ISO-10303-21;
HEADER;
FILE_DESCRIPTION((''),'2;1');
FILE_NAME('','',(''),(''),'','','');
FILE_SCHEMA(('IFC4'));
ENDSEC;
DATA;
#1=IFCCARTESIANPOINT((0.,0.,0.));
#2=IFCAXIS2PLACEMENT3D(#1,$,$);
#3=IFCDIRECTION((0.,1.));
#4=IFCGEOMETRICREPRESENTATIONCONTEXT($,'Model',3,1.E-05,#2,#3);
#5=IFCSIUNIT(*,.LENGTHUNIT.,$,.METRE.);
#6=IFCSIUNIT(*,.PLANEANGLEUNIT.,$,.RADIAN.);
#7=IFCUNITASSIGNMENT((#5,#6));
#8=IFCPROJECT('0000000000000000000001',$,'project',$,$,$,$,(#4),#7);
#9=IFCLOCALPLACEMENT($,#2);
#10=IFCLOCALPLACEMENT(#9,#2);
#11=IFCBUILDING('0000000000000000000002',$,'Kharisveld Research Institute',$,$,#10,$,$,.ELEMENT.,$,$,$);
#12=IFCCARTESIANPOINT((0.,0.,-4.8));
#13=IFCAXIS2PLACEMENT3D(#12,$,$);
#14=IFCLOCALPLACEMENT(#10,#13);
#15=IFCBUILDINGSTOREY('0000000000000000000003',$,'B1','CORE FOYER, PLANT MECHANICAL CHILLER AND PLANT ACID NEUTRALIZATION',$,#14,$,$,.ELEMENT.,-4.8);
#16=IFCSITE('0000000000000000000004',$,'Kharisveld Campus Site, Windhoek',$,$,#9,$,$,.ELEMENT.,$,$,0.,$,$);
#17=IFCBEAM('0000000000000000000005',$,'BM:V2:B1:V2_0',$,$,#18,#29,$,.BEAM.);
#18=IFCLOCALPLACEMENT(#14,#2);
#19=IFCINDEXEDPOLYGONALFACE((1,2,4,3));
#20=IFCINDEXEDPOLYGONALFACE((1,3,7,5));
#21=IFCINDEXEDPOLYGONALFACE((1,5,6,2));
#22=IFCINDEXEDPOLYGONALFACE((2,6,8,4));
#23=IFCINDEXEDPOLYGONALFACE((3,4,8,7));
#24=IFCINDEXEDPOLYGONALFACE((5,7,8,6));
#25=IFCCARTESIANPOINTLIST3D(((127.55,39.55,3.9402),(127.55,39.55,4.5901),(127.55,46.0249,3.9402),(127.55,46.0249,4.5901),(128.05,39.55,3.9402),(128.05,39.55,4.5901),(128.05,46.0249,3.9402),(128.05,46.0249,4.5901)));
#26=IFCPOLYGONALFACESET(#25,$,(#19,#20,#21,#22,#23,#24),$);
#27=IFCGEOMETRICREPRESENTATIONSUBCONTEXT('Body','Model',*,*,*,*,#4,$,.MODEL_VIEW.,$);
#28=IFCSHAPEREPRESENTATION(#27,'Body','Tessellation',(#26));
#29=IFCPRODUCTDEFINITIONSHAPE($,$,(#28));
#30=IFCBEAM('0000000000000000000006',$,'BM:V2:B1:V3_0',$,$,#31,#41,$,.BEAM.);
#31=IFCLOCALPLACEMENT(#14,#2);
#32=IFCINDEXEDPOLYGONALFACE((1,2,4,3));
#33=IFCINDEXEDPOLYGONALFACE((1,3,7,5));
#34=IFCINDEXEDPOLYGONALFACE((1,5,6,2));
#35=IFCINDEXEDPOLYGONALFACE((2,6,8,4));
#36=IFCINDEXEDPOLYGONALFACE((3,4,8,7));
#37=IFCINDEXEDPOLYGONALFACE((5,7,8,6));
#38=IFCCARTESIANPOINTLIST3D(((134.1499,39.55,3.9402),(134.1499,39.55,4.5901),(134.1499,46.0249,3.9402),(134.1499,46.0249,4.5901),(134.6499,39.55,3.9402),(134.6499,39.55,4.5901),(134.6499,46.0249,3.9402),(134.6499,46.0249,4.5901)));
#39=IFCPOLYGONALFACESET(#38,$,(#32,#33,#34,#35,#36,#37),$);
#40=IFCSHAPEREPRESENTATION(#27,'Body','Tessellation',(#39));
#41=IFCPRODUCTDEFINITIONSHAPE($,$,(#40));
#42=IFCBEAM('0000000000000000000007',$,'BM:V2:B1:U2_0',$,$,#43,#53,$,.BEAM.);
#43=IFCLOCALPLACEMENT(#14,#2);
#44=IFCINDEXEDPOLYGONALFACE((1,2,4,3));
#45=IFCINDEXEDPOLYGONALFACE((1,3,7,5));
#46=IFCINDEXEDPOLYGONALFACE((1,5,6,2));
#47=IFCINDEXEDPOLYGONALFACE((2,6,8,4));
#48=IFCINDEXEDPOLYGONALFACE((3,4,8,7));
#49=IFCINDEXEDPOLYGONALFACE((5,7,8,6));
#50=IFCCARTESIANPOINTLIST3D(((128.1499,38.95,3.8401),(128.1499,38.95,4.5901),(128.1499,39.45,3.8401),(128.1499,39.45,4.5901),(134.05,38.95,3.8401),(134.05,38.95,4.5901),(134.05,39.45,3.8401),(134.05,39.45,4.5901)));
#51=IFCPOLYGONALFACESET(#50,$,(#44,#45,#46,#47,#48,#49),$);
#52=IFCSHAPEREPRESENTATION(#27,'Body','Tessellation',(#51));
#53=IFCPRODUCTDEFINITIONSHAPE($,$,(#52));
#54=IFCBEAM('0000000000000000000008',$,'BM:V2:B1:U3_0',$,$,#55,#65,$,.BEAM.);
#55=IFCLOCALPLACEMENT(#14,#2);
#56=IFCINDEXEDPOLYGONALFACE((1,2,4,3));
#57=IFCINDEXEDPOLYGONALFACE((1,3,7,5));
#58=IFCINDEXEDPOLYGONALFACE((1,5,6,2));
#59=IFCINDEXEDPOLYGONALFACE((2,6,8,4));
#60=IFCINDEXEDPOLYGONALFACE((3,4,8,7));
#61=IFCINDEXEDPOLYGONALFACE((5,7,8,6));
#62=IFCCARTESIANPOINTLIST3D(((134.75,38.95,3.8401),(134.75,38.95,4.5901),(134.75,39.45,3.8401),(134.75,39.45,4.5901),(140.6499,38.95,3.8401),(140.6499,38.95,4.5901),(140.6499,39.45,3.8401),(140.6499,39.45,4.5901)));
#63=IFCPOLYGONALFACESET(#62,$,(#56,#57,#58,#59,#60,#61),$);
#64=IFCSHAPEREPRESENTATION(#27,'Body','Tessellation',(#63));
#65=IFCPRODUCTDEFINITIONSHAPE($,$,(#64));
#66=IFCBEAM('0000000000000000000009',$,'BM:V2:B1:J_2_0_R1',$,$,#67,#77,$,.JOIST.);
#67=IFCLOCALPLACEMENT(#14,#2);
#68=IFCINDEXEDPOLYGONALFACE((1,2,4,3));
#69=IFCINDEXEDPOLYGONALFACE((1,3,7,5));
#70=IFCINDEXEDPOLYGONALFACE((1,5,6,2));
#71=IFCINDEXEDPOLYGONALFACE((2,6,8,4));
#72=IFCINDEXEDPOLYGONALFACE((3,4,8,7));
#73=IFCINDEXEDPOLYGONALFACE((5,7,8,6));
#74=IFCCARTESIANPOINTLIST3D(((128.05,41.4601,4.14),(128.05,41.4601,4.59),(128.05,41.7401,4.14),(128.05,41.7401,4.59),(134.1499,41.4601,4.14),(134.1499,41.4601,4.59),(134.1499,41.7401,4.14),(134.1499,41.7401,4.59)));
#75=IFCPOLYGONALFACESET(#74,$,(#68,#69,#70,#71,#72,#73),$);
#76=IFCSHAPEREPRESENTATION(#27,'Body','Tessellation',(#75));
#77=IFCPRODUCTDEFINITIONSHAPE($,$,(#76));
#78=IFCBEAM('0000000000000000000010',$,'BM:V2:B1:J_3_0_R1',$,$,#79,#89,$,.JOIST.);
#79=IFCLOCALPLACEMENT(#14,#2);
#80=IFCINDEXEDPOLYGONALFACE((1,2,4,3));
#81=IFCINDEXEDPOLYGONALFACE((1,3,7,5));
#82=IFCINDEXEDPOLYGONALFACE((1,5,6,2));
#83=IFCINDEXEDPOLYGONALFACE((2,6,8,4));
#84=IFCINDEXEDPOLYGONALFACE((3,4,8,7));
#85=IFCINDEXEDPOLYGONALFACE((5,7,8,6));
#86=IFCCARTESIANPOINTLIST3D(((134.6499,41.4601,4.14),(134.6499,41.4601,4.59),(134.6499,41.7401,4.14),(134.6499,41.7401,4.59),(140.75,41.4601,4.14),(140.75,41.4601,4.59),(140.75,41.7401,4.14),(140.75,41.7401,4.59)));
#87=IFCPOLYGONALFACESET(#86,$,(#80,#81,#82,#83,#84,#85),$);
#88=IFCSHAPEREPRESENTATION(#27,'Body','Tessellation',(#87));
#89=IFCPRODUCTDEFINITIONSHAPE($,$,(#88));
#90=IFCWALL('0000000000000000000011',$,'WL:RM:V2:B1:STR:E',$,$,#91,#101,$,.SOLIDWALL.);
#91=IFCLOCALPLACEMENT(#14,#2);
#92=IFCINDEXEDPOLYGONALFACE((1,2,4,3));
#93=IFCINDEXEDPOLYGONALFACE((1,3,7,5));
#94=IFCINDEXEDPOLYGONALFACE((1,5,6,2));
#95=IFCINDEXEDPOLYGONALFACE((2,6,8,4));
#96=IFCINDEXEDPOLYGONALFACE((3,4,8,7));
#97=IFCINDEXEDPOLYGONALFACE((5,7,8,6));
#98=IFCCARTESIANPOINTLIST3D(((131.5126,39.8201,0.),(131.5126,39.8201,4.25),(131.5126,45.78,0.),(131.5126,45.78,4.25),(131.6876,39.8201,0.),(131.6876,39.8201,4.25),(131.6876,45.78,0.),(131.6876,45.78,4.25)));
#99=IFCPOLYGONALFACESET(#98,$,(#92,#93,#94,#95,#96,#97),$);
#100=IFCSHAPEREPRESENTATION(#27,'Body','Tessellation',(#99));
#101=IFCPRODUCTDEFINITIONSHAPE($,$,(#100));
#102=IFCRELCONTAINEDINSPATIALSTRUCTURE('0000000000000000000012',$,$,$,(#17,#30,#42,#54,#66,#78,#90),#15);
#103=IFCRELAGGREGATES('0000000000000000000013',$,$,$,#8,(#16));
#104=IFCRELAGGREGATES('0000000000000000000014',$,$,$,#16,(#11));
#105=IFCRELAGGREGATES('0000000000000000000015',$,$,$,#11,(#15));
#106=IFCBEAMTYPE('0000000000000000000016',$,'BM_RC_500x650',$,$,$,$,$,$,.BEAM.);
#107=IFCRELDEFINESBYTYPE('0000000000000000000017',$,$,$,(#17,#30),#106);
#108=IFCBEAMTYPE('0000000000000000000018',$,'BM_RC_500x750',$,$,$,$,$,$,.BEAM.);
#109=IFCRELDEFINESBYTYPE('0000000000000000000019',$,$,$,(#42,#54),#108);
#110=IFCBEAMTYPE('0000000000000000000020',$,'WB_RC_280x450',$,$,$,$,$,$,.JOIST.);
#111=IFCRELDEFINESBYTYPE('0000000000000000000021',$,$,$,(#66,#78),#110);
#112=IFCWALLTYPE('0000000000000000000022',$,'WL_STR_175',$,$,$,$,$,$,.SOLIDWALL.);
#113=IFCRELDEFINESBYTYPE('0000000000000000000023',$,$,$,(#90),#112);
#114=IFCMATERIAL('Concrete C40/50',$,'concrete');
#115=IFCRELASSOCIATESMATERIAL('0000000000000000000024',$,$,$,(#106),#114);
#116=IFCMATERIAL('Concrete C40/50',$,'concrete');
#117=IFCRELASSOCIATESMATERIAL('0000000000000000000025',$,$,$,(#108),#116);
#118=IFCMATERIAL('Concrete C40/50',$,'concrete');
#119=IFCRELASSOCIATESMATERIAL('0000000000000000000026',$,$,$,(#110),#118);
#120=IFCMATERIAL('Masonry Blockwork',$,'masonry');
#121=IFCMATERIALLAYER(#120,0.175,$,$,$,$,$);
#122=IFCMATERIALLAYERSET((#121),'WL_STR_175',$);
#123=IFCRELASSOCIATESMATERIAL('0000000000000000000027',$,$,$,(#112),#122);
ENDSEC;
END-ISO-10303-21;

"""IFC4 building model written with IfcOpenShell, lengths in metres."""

from ifc_helpers import new_model, si_unit, direction, frame, frame_2d, origin, origin_2d, place, context, subcontext, project, spatial, rectangle, extrude, material, layer, layer_set, material_profile, profile_set, type_object, element, save


model = new_model("IFC4")

# Units and contexts
model_context = context("Model", 3, precision=1e-05, world=origin(), true_north=direction((0.0, 1.0)))
body_context = subcontext(model_context, "Body", "Model", "MODEL_VIEW")
ifc_project = project(units=[si_unit("LENGTHUNIT", "METRE"), si_unit("PLANEANGLEUNIT", "RADIAN")], contexts=[model_context])

# Site, building, storey
site_placement = place(None, origin())
site = spatial("IfcSite", under=ifc_project, at=site_placement, Name="Kharisveld Campus Site, Windhoek", CompositionType="ELEMENT", RefElevation=0.0)
building_placement = place(site_placement, origin())
building = spatial("IfcBuilding", under=site, at=building_placement, Name="Kharisveld Research Institute", CompositionType="ELEMENT")
storey_placement = place(building_placement, frame((0.0, 0.0, -4.8)))
storey = spatial("IfcBuildingStorey", under=building, at=storey_placement, Name="B1", Description="CORE FOYER, PLANT MECHANICAL CHILLER AND PLANT ACID NEUTRALIZATION", CompositionType="ELEMENT", Elevation=-4.8)

# Beams
ifc_material_1 = material(Name="Concrete C40/50", Category="concrete")
ifc_material_profile_1 = material_profile(ifc_material_1, rectangle(XDim=0.5, YDim=0.6499, at=origin_2d()))
ifc_profile_set_1 = profile_set([ifc_material_profile_1], Name="Concrete C40/50")
beam_type_1 = type_object("IfcBeamType", Name="BM_RC_500x650", PredefinedType="BEAM", material=ifc_profile_set_1)
for number, where, z_axis, x_axis, name in (
    (1, (127.8, 39.55, 4.2651), (0.0, 1.0, 0.0), (-1.0, 0.0, 0.0), "BM:V2:B1:V2_0"),
    (2, (134.3999, 39.55, 4.2651), (0.0, 1.0, 0.0), (-1.0, 0.0, 0.0), "BM:V2:B1:V3_0"),
):
    element("IfcBeam", number, at=place(storey_placement, frame(where, z_axis=z_axis, x_axis=x_axis)), inside=storey, type_object=beam_type_1, Name=name, PredefinedType="BEAM", context=body_context, shape_type="SweptSolid", body=[
        extrude(rectangle(XDim=0.5, YDim=0.6499, at=origin_2d()), origin(), (0.0, 0.0, 1.0), 6.4749),
    ])
ifc_material_2 = material(Name="Concrete C40/50", Category="concrete")
ifc_material_profile_2 = material_profile(ifc_material_2, rectangle(XDim=0.5, YDim=0.75, at=origin_2d()))
ifc_profile_set_2 = profile_set([ifc_material_profile_2], Name="Concrete C40/50")
beam_type_2 = type_object("IfcBeamType", Name="BM_RC_500x750", PredefinedType="BEAM", material=ifc_profile_set_2)
beam_1_placement = place(storey_placement, frame((128.1499, 39.2, 4.2151), z_axis=(1.0, 0.0, 0.0), x_axis=(0.0, 1.0, 0.0)))
element("IfcBeam", 3, at=beam_1_placement, inside=storey, type_object=beam_type_2, Name="BM:V2:B1:U2_0", PredefinedType="BEAM", context=body_context, shape_type="SweptSolid", body=[
    extrude(rectangle(XDim=0.5, YDim=0.75, at=origin_2d()), origin(), (0.0, 0.0, 1.0), 5.9001),
])
beam_2_placement = place(storey_placement, frame((134.75, 39.2, 4.2151), z_axis=(1.0, 0.0, 0.0), x_axis=(0.0, 1.0, 0.0)))
element("IfcBeam", 4, at=beam_2_placement, inside=storey, type_object=beam_type_2, Name="BM:V2:B1:U3_0", PredefinedType="BEAM", context=body_context, shape_type="SweptSolid", body=[
    extrude(rectangle(XDim=0.5, YDim=0.75, at=origin_2d()), origin(), (0.0, 0.0, 1.0), 5.8999),
])
ifc_material_3 = material(Name="Concrete C40/50", Category="concrete")
ifc_material_profile_3 = material_profile(ifc_material_3, rectangle(XDim=0.28, YDim=0.45, at=origin_2d()))
ifc_profile_set_3 = profile_set([ifc_material_profile_3], Name="Concrete C40/50")
beam_type_3 = type_object("IfcBeamType", Name="WB_RC_280x450", PredefinedType="JOIST", material=ifc_profile_set_3)
beam_3_placement = place(storey_placement, frame((128.05, 41.6001, 4.365), z_axis=(1.0, 0.0, 0.0), x_axis=(0.0, 1.0, 0.0)))
element("IfcBeam", 5, at=beam_3_placement, inside=storey, type_object=beam_type_3, Name="BM:V2:B1:J_2_0_R1", PredefinedType="JOIST", context=body_context, shape_type="SweptSolid", body=[
    extrude(rectangle(XDim=0.28, YDim=0.45, at=origin_2d()), origin(), (0.0, 0.0, 1.0), 6.0999),
])
beam_4_placement = place(storey_placement, frame((134.6499, 41.6001, 4.365), z_axis=(1.0, 0.0, 0.0), x_axis=(0.0, 1.0, 0.0)))
element("IfcBeam", 6, at=beam_4_placement, inside=storey, type_object=beam_type_3, Name="BM:V2:B1:J_3_0_R1", PredefinedType="JOIST", context=body_context, shape_type="SweptSolid", body=[
    extrude(rectangle(XDim=0.28, YDim=0.45, at=origin_2d()), origin(), (0.0, 0.0, 1.0), 6.1001),
])

# Wall
ifc_material_4 = material(Name="Masonry Blockwork", Category="masonry")
ifc_layer = layer(ifc_material_4, 0.175)
ifc_layer_set = layer_set([ifc_layer], Name="WL_STR_175")
wall_type = type_object("IfcWallType", Name="WL_STR_175", PredefinedType="SOLIDWALL", material=ifc_layer_set)
wall_placement = place(storey_placement, frame((131.6001, 39.8201, 0.0), z_axis=(0.0, 0.0, 1.0), x_axis=(0.0, 1.0, 0.0)))
element("IfcWall", 7, at=wall_placement, inside=storey, type_object=wall_type, Name="WL:RM:V2:B1:STR:E", PredefinedType="SOLIDWALL", context=body_context, shape_type="SweptSolid", body=[
    extrude(rectangle(XDim=5.96, YDim=0.175, at=frame_2d((2.98, 0.0))), origin(), (0.0, 0.0, 1.0), 4.25),
])

save(model, "model.ifc")
